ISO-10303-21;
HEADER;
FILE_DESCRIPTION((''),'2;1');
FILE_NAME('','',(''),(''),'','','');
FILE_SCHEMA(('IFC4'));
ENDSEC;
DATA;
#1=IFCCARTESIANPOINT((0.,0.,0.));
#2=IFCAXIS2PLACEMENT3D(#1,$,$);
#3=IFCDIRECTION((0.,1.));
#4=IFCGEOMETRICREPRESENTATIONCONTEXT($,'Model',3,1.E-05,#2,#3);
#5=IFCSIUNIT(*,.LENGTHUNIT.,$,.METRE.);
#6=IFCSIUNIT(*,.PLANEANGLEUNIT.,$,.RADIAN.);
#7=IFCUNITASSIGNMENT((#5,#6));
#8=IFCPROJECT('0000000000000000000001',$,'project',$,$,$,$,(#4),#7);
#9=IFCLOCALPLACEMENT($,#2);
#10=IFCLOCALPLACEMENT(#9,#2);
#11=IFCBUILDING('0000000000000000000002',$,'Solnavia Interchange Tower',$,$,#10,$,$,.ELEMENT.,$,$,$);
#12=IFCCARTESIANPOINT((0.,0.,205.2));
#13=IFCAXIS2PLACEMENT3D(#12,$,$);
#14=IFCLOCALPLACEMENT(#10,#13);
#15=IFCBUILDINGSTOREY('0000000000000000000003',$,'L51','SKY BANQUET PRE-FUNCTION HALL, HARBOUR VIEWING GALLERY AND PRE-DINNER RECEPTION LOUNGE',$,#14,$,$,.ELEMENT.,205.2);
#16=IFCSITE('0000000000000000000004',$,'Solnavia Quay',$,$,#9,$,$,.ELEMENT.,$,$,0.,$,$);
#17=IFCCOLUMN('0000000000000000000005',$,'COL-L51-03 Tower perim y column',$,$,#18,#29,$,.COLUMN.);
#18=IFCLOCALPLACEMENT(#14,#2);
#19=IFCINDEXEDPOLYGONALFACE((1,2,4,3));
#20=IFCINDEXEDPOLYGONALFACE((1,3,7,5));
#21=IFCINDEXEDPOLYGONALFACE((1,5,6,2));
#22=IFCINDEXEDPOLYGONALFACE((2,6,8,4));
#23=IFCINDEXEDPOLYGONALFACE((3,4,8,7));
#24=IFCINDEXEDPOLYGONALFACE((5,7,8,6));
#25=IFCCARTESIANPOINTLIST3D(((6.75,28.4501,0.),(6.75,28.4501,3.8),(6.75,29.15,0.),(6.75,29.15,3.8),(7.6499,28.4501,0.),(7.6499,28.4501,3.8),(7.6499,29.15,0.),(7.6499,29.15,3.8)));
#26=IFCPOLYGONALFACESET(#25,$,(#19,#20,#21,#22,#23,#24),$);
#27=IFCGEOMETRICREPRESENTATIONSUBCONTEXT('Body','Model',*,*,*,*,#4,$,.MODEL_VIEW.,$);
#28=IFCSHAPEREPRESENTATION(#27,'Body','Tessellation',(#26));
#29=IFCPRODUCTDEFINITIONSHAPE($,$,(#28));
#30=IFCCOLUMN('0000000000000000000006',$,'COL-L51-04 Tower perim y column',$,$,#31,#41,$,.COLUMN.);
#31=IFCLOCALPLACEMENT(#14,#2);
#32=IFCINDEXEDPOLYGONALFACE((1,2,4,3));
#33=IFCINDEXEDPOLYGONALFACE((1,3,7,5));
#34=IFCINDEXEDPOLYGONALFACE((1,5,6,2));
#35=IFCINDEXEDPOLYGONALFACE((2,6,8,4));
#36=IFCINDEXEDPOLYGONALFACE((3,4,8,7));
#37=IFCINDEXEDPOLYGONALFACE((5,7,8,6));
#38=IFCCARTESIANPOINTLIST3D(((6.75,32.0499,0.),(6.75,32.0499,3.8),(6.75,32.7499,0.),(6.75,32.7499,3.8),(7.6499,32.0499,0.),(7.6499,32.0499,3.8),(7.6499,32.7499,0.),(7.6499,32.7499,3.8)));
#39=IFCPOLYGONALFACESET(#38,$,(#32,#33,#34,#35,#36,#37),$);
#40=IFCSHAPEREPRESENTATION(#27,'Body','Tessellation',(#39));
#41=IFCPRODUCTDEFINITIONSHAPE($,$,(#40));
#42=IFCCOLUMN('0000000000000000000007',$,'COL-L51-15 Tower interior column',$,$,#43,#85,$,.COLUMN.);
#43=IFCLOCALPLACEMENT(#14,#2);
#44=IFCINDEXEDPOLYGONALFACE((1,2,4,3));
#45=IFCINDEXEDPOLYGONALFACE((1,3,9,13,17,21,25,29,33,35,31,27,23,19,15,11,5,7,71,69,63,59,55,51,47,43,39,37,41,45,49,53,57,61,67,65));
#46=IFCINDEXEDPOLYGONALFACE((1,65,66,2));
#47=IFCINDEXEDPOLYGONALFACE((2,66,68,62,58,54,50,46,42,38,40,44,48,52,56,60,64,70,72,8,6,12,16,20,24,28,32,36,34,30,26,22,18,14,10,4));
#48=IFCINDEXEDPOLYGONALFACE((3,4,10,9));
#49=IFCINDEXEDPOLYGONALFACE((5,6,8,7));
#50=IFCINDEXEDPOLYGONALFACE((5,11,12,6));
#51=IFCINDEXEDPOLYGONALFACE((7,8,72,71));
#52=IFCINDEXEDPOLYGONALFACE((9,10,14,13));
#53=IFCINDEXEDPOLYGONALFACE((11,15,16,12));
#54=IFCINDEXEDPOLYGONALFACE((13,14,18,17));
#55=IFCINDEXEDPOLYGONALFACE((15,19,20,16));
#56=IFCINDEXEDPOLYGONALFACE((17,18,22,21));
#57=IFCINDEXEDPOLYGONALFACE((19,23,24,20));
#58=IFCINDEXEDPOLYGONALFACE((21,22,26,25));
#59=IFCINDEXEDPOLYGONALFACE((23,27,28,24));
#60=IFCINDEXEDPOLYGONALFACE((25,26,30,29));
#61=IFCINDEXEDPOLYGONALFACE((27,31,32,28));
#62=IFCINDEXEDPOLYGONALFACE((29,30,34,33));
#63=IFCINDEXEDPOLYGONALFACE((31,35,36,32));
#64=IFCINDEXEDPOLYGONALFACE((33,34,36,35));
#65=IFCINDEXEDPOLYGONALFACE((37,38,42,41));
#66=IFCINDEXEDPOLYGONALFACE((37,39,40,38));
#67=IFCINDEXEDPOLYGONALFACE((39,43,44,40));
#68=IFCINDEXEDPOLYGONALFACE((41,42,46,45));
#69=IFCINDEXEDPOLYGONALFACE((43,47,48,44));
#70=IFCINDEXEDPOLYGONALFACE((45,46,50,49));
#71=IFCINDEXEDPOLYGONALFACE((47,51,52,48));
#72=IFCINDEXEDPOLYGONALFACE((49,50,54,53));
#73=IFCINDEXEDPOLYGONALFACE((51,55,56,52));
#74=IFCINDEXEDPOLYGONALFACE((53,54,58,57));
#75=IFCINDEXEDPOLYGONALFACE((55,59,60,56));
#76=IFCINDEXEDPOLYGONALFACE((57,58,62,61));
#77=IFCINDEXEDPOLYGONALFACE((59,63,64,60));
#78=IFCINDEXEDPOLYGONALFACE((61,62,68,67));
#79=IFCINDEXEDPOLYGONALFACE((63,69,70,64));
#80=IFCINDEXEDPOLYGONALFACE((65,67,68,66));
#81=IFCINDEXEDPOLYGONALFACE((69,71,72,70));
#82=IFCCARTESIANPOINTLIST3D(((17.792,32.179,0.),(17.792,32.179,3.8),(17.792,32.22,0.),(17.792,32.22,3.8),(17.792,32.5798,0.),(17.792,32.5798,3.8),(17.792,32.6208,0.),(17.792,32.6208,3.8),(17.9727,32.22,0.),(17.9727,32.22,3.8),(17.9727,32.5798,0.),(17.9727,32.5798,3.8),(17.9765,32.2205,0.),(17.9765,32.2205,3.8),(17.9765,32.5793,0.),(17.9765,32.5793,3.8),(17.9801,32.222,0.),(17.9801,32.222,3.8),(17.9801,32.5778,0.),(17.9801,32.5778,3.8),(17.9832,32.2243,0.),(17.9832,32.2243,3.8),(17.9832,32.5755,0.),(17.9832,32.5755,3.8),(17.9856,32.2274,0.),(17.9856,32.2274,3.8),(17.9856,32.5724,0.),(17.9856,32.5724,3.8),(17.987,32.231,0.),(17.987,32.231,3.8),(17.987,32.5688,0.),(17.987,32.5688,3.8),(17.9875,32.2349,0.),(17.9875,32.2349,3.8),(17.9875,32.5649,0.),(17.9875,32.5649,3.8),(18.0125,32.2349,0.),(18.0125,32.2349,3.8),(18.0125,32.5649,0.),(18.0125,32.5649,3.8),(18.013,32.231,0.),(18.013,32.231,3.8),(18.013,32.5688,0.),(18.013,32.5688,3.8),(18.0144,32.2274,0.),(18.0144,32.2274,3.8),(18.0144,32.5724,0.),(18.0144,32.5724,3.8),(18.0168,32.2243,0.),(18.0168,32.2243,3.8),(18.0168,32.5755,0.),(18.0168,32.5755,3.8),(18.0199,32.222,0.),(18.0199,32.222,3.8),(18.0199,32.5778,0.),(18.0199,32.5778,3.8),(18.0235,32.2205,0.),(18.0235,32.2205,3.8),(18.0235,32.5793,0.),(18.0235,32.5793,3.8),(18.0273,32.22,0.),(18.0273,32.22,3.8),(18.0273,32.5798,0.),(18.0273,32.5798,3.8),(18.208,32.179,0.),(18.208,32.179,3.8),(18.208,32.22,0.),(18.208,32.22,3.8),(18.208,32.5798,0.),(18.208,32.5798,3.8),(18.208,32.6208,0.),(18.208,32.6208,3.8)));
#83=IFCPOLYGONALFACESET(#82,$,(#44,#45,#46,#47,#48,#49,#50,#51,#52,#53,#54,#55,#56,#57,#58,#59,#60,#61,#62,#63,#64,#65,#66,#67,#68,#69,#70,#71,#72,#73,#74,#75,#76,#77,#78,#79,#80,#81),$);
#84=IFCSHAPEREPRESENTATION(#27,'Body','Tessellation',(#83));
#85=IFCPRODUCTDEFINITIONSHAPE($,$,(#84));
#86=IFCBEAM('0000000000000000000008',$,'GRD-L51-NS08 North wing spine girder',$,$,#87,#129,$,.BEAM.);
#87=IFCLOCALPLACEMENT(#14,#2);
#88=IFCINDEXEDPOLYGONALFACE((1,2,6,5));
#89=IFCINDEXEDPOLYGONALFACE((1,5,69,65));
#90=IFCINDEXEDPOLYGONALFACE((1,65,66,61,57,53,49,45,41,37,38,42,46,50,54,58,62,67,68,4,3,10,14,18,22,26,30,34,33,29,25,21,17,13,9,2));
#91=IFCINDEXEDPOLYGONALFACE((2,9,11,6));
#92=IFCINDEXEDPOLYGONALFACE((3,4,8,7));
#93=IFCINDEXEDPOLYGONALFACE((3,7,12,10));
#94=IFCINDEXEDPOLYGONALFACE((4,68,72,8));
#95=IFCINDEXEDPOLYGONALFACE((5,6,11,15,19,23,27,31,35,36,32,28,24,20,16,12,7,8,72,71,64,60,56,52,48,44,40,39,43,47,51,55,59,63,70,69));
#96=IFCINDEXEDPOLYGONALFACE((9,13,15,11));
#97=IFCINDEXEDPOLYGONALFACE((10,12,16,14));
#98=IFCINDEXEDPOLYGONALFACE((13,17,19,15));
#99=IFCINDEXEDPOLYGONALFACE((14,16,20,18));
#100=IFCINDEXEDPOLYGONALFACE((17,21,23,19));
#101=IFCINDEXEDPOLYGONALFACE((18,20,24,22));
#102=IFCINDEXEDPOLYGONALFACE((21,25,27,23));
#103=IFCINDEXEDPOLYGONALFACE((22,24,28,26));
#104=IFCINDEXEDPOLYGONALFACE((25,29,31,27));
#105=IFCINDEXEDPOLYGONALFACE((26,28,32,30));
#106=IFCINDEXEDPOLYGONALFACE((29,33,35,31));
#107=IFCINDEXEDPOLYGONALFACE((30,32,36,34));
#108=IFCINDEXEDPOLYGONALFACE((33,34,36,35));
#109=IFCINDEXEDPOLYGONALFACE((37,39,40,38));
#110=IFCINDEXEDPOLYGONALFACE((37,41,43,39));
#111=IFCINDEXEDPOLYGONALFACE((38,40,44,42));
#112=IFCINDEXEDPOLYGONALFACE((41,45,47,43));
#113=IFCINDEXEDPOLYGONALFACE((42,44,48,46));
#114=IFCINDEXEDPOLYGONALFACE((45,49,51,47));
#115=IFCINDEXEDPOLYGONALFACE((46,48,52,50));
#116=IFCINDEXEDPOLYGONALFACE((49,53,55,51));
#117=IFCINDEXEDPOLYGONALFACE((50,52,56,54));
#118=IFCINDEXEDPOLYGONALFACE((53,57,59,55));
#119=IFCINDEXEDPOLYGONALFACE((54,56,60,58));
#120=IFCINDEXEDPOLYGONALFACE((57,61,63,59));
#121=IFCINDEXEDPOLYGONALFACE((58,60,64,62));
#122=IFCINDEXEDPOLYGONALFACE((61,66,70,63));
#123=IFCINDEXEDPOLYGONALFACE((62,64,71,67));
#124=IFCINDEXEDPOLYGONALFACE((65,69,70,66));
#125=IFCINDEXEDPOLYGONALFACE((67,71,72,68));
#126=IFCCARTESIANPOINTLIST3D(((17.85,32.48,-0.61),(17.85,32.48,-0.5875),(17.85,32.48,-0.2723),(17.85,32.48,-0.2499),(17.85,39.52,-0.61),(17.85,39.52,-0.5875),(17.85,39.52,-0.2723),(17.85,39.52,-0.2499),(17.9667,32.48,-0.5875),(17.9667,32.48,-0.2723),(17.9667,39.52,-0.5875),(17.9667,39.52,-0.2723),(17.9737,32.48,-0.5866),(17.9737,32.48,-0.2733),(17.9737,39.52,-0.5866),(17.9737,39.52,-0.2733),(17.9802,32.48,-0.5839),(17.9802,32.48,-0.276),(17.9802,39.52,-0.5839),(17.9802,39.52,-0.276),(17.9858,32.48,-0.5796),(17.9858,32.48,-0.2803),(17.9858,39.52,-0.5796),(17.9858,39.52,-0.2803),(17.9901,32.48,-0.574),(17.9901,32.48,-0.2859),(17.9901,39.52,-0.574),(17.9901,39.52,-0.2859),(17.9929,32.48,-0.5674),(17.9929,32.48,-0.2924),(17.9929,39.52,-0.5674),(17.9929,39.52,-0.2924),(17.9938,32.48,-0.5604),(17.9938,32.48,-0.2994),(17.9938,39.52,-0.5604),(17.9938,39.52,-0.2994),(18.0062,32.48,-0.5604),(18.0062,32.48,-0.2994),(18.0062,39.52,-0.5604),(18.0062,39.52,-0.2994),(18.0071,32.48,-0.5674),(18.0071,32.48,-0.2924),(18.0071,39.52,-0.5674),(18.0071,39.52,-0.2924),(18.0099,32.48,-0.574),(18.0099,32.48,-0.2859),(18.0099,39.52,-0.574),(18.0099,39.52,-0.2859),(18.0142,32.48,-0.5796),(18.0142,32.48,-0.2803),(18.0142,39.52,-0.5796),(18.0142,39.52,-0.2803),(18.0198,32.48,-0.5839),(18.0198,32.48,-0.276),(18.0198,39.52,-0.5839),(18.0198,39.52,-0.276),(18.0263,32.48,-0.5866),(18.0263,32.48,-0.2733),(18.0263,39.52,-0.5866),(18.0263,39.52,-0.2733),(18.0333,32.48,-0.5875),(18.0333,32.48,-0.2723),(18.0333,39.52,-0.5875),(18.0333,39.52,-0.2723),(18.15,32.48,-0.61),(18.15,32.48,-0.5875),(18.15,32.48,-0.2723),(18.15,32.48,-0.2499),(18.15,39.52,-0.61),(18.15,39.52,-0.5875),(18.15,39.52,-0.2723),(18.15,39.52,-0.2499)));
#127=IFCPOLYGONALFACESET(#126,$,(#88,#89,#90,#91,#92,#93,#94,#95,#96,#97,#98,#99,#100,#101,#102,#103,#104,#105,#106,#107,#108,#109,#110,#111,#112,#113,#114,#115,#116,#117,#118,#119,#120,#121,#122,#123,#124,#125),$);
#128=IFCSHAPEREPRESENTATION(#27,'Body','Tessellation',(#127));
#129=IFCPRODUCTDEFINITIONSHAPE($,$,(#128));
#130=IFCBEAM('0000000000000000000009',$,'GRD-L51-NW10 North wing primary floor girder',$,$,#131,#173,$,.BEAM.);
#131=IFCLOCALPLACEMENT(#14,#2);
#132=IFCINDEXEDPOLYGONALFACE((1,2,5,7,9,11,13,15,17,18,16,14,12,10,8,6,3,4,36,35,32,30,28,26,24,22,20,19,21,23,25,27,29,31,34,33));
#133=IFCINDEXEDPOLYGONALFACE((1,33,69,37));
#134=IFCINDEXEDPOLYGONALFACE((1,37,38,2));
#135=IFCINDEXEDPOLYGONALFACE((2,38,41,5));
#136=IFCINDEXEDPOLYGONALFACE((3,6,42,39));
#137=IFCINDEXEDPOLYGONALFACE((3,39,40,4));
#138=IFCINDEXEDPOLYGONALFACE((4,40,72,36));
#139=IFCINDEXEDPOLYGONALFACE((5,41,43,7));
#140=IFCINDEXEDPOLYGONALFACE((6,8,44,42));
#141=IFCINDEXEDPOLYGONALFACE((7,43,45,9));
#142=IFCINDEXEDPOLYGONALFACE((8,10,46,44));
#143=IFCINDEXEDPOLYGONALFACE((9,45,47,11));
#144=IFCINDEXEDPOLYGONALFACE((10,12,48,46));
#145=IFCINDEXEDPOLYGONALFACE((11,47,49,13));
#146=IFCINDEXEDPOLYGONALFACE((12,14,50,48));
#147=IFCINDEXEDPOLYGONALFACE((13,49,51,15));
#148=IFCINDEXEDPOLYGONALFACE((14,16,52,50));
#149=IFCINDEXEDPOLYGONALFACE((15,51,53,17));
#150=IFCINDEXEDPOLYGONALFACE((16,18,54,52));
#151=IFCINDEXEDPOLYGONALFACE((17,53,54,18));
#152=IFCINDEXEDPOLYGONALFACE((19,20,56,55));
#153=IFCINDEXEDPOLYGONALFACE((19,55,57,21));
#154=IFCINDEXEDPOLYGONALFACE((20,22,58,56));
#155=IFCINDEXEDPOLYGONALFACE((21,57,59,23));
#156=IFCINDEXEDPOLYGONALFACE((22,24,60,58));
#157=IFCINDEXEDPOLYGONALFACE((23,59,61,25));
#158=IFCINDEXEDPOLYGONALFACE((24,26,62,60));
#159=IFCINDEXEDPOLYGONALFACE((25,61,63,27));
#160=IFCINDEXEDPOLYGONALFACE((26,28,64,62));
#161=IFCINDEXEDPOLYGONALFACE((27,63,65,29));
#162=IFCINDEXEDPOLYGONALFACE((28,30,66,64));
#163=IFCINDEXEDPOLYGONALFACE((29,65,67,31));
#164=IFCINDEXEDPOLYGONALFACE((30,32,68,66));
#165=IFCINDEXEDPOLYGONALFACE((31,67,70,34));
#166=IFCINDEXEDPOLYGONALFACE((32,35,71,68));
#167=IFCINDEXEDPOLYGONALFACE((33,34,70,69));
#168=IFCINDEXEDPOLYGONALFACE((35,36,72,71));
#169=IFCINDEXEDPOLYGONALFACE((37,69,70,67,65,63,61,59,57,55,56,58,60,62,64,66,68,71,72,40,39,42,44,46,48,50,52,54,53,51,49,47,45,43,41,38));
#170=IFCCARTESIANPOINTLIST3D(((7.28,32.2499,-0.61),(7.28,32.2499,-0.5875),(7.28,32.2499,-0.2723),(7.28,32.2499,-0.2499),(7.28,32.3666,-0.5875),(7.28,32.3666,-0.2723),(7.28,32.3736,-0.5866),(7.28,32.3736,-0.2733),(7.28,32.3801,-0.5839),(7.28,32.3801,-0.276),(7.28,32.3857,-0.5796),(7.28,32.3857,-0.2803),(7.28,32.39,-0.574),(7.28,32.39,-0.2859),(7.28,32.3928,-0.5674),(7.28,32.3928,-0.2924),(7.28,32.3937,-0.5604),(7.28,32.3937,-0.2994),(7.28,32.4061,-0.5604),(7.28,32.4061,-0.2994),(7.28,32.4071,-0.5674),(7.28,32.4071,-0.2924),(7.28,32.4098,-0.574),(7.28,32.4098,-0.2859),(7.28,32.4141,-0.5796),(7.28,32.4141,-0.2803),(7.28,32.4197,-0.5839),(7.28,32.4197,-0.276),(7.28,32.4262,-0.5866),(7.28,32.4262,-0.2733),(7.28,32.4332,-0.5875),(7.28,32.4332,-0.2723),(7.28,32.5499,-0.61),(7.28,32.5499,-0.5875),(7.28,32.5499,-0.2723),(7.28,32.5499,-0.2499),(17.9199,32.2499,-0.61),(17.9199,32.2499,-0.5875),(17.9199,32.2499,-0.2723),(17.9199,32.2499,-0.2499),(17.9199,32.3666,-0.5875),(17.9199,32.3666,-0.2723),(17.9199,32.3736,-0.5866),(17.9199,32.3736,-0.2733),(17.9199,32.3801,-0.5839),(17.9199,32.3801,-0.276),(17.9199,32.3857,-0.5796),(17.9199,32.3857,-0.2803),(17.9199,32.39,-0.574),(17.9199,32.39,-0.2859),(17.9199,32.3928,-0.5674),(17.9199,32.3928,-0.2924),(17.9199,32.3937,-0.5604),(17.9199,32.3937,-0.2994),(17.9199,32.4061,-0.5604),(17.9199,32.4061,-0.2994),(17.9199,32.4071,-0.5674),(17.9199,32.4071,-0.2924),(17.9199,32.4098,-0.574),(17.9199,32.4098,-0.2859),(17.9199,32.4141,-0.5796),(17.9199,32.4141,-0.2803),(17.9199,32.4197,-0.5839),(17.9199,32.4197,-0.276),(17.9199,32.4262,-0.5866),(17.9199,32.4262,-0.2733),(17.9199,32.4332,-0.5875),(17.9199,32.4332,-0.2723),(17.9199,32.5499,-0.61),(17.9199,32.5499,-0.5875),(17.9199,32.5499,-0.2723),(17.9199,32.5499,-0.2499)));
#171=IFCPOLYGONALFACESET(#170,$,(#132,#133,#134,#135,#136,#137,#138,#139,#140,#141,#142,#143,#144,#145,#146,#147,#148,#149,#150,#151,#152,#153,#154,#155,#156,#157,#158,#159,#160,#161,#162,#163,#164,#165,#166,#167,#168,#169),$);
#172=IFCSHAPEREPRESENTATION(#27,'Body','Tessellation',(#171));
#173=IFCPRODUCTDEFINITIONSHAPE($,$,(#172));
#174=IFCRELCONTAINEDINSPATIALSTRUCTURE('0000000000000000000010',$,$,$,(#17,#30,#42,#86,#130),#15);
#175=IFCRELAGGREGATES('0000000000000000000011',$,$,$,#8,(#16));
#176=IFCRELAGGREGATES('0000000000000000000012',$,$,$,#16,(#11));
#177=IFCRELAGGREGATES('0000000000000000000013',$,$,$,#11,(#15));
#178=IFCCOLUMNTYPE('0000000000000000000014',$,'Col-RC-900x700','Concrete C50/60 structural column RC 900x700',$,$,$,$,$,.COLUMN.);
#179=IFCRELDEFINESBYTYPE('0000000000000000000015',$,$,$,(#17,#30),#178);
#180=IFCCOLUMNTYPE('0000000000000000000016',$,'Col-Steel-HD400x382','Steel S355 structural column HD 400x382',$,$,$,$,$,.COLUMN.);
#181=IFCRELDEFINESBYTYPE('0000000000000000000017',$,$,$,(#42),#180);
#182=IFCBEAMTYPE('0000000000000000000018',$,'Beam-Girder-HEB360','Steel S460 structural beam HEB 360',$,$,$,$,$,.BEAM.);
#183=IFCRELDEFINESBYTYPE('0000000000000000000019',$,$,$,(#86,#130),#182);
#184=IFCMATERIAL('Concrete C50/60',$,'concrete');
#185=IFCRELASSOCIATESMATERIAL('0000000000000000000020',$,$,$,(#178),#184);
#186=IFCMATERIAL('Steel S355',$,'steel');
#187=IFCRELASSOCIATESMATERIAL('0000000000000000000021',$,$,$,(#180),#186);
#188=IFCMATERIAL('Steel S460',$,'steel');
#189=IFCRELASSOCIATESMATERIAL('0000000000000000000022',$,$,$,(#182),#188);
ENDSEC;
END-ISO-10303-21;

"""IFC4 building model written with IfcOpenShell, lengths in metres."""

from ifc_helpers import new_model, si_unit, direction, frame, origin, origin_2d, place, context, subcontext, project, spatial, rectangle, i_section, extrude, material, material_profile, profile_set, type_object, element, save


model = new_model("IFC4")

# Units and contexts
model_context = context("Model", 3, precision=1e-05, world=origin(), true_north=direction((0.0, 1.0)))
body_context = subcontext(model_context, "Body", "Model", "MODEL_VIEW")
ifc_project = project(units=[si_unit("LENGTHUNIT", "METRE"), si_unit("PLANEANGLEUNIT", "RADIAN")], contexts=[model_context])

# Site, building, storey
site_placement = place(None, origin())
site = spatial("IfcSite", under=ifc_project, at=site_placement, Name="Solnavia Quay", CompositionType="ELEMENT", RefElevation=0.0)
building_placement = place(site_placement, origin())
building = spatial("IfcBuilding", under=site, at=building_placement, Name="Solnavia Interchange Tower", CompositionType="ELEMENT")
storey_placement = place(building_placement, frame((0.0, 0.0, 205.2)))
storey = spatial("IfcBuildingStorey", under=building, at=storey_placement, Name="L51", Description="SKY BANQUET PRE-FUNCTION HALL, HARBOUR VIEWING GALLERY AND PRE-DINNER RECEPTION LOUNGE", CompositionType="ELEMENT", Elevation=205.2)

# Columns
ifc_material_1 = material(Name="Concrete C50/60", Category="concrete")
ifc_material_profile_1 = material_profile(ifc_material_1, rectangle(XDim=0.7, YDim=0.8999, at=origin_2d()), Name="RC 900x700")
ifc_profile_set_1 = profile_set([ifc_material_profile_1], Name="Concrete C50/60")
column_type_1 = type_object("IfcColumnType", Name="Col-RC-900x700", Description="Concrete C50/60 structural column RC 900x700", PredefinedType="COLUMN", material=ifc_profile_set_1)
for number, where, z_axis, x_axis, name in (
    (1, (7.2, 28.8, 0.0), (0.0, 0.0, 1.0), (0.0, 1.0, 0.0), "COL-L51-03 Tower perim y column"),
    (2, (7.2, 32.3999, 0.0), (0.0, 0.0, 1.0), (0.0, 1.0, 0.0), "COL-L51-04 Tower perim y column"),
):
    element("IfcColumn", number, at=place(storey_placement, frame(where, z_axis=z_axis, x_axis=x_axis)), inside=storey, type_object=column_type_1, Name=name, PredefinedType="COLUMN", context=body_context, shape_type="SweptSolid", body=[
        extrude(rectangle(XDim=0.7, YDim=0.8999, at=origin_2d()), origin(), (0.0, 0.0, 1.0), 3.8),
    ])
ifc_material_2 = material(Name="Steel S355", Category="steel")
ifc_material_profile_2 = material_profile(ifc_material_2, i_section(OverallWidth=0.416, OverallDepth=0.4419, WebThickness=0.0249, FlangeThickness=0.041, FilletRadius=0.0149, at=origin_2d()), Name="HD 400x382")
ifc_profile_set_2 = profile_set([ifc_material_profile_2], Name="Steel S355")
column_type_2 = type_object("IfcColumnType", Name="Col-Steel-HD400x382", Description="Steel S355 structural column HD 400x382", PredefinedType="COLUMN", material=ifc_profile_set_2)
column_placement = place(storey_placement, frame((18.0, 32.3999, 0.0), z_axis=(0.0, 0.0, 1.0), x_axis=(1.0, 0.0, 0.0)))
element("IfcColumn", 3, at=column_placement, inside=storey, type_object=column_type_2, Name="COL-L51-15 Tower interior column", PredefinedType="COLUMN", context=body_context, shape_type="SweptSolid", body=[
    extrude(i_section(OverallWidth=0.416, OverallDepth=0.4419, WebThickness=0.0249, FlangeThickness=0.041, FilletRadius=0.0149, at=origin_2d()), origin(), (0.0, 0.0, 1.0), 3.8),
])

# Beams
ifc_material_3 = material(Name="Steel S460", Category="steel")
ifc_material_profile_3 = material_profile(ifc_material_3, i_section(OverallWidth=0.3, OverallDepth=0.3601, WebThickness=0.0125, FlangeThickness=0.0225, FilletRadius=0.0271, at=origin_2d()), Name="HEB 360")
ifc_profile_set_3 = profile_set([ifc_material_profile_3], Name="Steel S460")
beam_type_1 = type_object("IfcBeamType", Name="Beam-Girder-HEB360", Description="Steel S460 structural beam HEB 360", PredefinedType="BEAM", material=ifc_profile_set_3)
beam_1_placement = place(storey_placement, frame((18.0, 32.48, -0.4299), z_axis=(0.0, 1.0, 0.0), x_axis=(-1.0, 0.0, 0.0)))
element("IfcBeam", 4, at=beam_1_placement, inside=storey, type_object=beam_type_1, Name="GRD-L51-NS08 North wing spine girder", PredefinedType="BEAM", context=body_context, shape_type="SweptSolid", body=[
    extrude(i_section(OverallWidth=0.3, OverallDepth=0.3601, WebThickness=0.0125, FlangeThickness=0.0225, FilletRadius=0.0271, at=origin_2d()), origin(), (0.0, 0.0, 1.0), 7.04),
])
beam_2_placement = place(storey_placement, frame((7.28, 32.3999, -0.4299), z_axis=(1.0, 0.0, 0.0), x_axis=(0.0, 1.0, 0.0)))
element("IfcBeam", 5, at=beam_2_placement, inside=storey, type_object=beam_type_1, Name="GRD-L51-NW10 North wing primary floor girder", PredefinedType="BEAM", context=body_context, shape_type="SweptSolid", body=[
    extrude(i_section(OverallWidth=0.3, OverallDepth=0.3601, WebThickness=0.0125, FlangeThickness=0.0225, FilletRadius=0.0271, at=origin_2d()), origin(), (0.0, 0.0, 1.0), 10.6399),
])

save(model, "model.ifc")
